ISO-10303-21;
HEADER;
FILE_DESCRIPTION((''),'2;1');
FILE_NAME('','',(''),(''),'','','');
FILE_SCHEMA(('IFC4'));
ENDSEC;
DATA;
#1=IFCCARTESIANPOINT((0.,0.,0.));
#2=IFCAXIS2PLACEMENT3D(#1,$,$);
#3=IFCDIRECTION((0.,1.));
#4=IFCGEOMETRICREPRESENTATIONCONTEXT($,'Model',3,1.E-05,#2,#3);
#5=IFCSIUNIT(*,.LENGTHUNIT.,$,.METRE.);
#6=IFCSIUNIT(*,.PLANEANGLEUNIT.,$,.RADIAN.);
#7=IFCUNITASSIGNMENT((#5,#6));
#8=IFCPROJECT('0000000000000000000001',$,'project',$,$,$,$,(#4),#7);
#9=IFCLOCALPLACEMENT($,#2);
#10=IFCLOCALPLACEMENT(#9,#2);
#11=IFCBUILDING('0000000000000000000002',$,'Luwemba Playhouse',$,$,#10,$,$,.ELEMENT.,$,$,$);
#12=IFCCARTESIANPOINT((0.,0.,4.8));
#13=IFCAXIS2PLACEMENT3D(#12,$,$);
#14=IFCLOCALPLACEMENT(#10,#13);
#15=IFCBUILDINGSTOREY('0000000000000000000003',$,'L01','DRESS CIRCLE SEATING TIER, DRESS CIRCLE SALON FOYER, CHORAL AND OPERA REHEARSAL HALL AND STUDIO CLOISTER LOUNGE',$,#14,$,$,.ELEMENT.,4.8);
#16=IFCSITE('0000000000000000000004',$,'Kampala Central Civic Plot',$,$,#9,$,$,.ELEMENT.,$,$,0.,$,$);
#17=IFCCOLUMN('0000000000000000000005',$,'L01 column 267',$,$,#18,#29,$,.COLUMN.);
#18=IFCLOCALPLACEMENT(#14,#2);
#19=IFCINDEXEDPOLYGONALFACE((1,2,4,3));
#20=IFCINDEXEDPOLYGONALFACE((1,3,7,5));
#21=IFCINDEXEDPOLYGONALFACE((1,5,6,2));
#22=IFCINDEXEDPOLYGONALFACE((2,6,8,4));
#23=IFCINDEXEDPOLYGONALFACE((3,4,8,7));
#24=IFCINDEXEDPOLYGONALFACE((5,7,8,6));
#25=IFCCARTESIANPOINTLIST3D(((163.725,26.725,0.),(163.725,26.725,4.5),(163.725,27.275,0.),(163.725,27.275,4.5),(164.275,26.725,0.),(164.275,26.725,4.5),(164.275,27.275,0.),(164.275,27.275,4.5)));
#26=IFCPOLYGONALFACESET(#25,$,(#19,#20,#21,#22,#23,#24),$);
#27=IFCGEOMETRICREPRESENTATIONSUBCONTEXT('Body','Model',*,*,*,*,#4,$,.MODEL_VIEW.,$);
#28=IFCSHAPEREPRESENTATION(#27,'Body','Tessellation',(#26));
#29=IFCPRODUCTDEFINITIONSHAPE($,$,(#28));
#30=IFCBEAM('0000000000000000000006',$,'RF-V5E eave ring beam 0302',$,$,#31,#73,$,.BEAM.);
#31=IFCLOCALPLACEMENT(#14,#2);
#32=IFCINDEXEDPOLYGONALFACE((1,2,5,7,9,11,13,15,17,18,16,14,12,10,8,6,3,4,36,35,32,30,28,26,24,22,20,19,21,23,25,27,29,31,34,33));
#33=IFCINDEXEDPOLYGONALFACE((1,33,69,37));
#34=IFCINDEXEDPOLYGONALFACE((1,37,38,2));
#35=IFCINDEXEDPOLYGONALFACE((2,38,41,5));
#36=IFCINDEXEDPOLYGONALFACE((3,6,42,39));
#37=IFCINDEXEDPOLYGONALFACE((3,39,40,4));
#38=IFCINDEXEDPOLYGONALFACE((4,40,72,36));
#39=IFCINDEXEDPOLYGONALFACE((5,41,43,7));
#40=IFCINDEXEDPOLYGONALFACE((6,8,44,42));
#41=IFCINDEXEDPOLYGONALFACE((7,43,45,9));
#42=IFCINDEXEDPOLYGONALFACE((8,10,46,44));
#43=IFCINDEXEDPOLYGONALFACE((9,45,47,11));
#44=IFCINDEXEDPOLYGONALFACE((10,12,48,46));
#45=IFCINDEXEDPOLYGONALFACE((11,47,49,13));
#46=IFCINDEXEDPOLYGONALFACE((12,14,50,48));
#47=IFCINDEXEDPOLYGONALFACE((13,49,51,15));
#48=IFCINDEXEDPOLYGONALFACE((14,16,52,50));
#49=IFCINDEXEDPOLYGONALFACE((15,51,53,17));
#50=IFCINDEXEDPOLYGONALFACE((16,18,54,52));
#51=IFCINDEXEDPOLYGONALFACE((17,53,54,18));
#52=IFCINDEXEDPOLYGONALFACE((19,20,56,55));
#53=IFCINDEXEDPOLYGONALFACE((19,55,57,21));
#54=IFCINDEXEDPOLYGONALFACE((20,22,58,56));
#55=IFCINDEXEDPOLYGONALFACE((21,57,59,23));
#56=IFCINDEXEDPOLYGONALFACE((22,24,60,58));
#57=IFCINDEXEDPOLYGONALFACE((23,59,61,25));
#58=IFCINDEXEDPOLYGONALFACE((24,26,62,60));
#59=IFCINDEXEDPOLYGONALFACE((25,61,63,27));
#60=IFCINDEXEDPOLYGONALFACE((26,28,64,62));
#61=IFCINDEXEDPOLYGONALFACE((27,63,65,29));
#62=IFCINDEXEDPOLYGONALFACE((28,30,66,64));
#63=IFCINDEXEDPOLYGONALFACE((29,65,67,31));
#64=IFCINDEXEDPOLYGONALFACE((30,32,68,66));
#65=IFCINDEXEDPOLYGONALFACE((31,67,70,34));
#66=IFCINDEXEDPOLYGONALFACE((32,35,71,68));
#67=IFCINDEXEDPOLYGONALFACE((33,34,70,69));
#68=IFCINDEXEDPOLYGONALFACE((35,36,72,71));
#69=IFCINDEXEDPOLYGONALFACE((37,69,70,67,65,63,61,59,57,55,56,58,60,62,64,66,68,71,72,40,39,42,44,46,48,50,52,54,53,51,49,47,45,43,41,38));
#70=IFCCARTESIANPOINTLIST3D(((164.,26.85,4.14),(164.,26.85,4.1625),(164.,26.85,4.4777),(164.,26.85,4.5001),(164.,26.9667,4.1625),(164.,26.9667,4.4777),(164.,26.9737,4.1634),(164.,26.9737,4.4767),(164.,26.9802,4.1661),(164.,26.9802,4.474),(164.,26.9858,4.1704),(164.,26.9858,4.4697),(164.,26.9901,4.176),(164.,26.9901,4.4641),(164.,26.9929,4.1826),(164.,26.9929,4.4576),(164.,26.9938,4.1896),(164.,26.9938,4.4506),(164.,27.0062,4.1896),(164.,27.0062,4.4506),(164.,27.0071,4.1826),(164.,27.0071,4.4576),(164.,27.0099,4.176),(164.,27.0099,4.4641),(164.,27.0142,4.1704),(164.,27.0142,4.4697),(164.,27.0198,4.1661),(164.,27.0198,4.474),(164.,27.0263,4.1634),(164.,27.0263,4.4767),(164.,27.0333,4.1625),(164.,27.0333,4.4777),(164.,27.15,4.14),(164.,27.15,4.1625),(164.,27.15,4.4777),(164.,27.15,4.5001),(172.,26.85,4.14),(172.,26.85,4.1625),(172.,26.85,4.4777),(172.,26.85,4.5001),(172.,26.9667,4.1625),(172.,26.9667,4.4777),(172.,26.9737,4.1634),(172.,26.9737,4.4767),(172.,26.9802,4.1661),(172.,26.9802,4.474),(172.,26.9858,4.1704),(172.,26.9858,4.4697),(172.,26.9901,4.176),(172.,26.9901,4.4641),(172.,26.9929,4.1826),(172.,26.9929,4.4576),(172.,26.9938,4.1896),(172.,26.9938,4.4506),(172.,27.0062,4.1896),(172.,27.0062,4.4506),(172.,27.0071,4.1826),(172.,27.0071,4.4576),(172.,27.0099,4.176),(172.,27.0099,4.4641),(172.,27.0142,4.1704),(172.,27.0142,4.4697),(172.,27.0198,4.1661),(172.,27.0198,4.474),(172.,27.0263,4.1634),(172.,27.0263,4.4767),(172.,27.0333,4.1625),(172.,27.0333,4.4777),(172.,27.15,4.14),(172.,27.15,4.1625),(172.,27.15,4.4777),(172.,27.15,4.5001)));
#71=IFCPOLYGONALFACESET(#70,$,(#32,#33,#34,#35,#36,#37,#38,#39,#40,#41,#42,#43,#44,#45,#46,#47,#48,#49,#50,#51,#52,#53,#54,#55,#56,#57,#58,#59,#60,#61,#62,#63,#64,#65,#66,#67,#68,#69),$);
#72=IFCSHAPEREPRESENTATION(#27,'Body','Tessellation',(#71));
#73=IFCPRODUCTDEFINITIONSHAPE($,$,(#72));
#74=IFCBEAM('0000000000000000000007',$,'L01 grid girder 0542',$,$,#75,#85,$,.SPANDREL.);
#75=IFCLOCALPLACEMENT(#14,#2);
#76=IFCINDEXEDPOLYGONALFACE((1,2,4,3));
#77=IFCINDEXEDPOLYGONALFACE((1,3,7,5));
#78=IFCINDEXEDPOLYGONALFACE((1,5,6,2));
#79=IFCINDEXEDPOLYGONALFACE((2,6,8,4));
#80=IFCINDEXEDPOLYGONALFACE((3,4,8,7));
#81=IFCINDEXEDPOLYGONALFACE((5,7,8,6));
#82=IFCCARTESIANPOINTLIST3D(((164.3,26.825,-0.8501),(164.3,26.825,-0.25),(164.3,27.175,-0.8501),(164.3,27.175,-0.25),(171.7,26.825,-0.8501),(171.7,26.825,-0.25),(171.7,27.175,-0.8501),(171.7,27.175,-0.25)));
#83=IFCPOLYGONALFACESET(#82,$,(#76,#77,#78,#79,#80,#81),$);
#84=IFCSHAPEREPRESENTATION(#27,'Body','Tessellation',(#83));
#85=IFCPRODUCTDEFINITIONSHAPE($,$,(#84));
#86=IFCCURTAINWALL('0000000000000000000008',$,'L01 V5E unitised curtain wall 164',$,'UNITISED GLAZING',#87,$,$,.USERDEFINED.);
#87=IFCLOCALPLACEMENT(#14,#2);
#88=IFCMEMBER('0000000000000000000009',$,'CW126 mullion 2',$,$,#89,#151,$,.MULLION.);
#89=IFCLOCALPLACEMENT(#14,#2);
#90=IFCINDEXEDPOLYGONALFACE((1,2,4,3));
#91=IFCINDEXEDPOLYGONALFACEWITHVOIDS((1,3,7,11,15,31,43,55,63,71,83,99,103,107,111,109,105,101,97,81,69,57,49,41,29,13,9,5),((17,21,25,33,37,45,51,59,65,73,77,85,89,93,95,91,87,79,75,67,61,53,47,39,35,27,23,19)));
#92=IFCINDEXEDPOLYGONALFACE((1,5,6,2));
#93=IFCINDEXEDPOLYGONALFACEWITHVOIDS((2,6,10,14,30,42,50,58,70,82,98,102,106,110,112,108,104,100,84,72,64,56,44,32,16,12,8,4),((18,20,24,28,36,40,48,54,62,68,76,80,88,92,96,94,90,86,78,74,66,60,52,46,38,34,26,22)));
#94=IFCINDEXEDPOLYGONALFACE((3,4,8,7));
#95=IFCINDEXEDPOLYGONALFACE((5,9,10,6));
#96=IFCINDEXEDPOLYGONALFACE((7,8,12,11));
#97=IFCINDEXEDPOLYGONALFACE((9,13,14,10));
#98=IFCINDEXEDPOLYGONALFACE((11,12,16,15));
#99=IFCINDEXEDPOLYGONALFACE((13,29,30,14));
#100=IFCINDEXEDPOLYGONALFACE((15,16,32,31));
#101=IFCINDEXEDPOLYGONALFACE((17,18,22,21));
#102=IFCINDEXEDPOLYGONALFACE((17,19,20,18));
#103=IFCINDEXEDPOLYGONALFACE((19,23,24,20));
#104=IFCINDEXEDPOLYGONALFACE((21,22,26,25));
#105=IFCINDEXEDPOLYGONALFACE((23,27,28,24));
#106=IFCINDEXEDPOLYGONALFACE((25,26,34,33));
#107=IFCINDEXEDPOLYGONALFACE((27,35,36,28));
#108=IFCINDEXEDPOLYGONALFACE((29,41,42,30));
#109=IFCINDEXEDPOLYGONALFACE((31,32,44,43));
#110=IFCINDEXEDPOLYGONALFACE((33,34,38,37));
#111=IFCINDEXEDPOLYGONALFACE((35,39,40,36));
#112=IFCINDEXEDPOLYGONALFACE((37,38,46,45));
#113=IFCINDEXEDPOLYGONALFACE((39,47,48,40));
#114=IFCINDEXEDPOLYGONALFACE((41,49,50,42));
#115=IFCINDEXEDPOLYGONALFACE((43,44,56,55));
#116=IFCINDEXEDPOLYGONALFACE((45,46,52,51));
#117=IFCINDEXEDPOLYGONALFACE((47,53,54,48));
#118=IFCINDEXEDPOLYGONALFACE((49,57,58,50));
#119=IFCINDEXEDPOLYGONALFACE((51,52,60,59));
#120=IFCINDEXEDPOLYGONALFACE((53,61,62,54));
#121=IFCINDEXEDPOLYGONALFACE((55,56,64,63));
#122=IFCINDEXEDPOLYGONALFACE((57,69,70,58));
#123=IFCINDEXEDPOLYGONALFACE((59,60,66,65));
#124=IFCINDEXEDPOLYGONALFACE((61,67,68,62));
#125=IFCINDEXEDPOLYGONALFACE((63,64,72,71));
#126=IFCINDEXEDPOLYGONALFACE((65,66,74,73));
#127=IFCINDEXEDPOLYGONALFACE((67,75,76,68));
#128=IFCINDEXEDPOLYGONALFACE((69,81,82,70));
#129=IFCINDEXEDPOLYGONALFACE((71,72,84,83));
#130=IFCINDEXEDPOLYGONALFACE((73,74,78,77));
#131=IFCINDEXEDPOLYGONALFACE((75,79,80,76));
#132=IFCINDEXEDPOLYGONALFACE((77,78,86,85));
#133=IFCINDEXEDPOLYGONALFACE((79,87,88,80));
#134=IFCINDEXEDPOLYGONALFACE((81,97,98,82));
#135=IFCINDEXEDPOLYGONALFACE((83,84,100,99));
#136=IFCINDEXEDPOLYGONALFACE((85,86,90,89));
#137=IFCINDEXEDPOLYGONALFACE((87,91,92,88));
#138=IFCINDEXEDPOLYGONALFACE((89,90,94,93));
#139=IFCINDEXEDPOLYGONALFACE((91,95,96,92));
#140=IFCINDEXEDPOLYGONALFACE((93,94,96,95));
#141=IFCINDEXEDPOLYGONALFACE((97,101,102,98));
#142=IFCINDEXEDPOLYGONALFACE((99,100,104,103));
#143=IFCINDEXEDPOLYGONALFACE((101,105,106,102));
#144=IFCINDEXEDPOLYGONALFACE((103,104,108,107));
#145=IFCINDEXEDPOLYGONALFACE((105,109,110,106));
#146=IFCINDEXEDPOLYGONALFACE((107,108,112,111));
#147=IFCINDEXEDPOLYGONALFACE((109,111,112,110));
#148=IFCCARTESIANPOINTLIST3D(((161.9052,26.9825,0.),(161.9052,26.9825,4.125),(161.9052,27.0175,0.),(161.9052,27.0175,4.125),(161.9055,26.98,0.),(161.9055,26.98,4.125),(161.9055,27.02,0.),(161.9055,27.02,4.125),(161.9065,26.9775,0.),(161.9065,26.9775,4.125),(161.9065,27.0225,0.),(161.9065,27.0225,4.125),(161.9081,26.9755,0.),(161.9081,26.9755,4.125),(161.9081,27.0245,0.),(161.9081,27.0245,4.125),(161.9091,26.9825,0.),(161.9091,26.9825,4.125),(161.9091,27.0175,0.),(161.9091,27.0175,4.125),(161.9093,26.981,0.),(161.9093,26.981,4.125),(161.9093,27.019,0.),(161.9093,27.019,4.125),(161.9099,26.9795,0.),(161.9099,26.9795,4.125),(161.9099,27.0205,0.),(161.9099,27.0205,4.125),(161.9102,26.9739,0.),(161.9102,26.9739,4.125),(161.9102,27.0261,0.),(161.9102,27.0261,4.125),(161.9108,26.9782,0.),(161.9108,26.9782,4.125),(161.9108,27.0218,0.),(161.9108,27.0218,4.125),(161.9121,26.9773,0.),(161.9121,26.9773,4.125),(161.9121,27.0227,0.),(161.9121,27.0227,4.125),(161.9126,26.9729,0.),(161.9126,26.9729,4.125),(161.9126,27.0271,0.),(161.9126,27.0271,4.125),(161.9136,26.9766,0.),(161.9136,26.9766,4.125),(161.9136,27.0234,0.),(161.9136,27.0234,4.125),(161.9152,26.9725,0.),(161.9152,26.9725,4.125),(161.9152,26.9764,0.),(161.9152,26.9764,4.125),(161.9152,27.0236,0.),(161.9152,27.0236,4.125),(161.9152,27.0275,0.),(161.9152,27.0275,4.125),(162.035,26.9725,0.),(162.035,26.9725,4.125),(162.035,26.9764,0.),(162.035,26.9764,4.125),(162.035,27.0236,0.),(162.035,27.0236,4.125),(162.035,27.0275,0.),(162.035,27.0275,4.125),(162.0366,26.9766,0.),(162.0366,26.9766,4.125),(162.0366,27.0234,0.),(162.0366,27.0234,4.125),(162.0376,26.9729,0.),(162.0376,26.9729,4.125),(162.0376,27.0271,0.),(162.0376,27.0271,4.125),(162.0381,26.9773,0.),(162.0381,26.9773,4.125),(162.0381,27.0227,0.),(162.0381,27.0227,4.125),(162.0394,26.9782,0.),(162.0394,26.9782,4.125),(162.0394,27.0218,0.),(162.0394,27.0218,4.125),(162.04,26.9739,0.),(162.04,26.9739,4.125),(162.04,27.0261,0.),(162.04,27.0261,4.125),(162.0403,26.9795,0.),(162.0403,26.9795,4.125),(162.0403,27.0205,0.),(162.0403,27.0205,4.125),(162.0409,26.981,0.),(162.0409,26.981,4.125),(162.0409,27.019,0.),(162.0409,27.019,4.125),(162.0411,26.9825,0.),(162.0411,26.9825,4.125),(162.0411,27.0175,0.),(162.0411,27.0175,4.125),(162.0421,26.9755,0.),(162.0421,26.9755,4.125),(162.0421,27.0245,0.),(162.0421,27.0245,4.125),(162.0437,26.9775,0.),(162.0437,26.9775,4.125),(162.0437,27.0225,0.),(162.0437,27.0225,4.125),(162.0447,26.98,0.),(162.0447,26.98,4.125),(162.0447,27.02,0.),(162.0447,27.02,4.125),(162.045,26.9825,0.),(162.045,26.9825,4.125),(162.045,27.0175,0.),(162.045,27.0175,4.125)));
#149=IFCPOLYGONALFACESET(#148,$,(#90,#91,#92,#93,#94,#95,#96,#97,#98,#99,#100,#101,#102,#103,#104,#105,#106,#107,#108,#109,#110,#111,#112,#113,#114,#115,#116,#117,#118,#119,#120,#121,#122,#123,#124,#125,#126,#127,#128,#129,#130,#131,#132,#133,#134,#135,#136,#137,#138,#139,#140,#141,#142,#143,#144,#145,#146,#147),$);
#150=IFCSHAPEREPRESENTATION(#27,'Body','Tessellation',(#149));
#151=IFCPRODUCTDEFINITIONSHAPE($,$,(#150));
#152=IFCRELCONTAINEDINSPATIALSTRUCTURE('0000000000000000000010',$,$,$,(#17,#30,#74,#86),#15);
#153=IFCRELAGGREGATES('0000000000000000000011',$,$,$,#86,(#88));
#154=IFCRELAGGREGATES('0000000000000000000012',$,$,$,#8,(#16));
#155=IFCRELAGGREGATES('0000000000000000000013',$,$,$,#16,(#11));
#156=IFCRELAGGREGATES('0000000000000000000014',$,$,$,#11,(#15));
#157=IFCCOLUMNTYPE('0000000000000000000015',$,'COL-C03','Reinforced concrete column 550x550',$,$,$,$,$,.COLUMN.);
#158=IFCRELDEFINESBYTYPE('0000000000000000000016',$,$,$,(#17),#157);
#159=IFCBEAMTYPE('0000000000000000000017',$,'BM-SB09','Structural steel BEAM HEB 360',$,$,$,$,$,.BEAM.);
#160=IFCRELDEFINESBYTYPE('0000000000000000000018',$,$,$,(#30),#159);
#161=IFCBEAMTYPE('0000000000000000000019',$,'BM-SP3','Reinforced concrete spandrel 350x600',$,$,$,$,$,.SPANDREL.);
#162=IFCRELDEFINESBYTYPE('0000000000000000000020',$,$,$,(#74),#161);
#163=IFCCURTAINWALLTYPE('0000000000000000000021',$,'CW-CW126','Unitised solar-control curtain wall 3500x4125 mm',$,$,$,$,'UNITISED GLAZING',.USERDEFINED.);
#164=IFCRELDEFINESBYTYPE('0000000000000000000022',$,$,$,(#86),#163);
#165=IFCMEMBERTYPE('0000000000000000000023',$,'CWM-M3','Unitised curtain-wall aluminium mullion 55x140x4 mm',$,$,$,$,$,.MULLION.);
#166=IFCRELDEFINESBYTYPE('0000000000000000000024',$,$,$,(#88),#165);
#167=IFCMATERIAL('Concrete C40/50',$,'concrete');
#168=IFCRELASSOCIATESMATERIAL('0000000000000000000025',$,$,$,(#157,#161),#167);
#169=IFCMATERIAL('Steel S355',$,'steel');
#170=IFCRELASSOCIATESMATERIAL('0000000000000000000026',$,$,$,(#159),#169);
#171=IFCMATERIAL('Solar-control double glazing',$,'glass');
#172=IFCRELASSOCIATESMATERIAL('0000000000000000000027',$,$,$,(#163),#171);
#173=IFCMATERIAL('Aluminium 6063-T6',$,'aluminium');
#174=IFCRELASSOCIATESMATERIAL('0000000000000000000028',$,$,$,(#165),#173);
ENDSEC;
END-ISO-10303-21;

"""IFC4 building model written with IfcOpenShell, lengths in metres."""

from ifc_helpers import new_model, si_unit, direction, frame, origin, origin_2d, place, context, subcontext, project, spatial, rectangle, hollow_rectangle, i_section, extrude, material, material_profile, profile_set, type_object, element, aggregate, save


model = new_model("IFC4")

# Units and contexts
model_context = context("Model", 3, precision=1e-05, world=origin(), true_north=direction((0.0, 1.0)))
body_context = subcontext(model_context, "Body", "Model", "MODEL_VIEW")
ifc_project = project(units=[si_unit("LENGTHUNIT", "METRE"), si_unit("PLANEANGLEUNIT", "RADIAN")], contexts=[model_context])

# Site, building, storey
site_placement = place(None, origin())
site = spatial("IfcSite", under=ifc_project, at=site_placement, Name="Kampala Central Civic Plot", CompositionType="ELEMENT", RefElevation=0.0)
building_placement = place(site_placement, origin())
building = spatial("IfcBuilding", under=site, at=building_placement, Name="Luwemba Playhouse", CompositionType="ELEMENT")
storey_placement = place(building_placement, frame((0.0, 0.0, 4.8)))
storey = spatial("IfcBuildingStorey", under=building, at=storey_placement, Name="L01", Description="DRESS CIRCLE SEATING TIER, DRESS CIRCLE SALON FOYER, CHORAL AND OPERA REHEARSAL HALL AND STUDIO CLOISTER LOUNGE", CompositionType="ELEMENT", Elevation=4.8)

# Column
ifc_material_1 = material(Name="Concrete C40/50", Category="concrete")
ifc_material_profile_1 = material_profile(ifc_material_1, rectangle(XDim=0.55, YDim=0.55, at=origin_2d()))
ifc_profile_set_1 = profile_set([ifc_material_profile_1], Name="Concrete C40/50")
column_type = type_object("IfcColumnType", Name="COL-C03", Description="Reinforced concrete column 550x550", PredefinedType="COLUMN", material=ifc_profile_set_1)
column_placement = place(storey_placement, frame((164.0, 27.0, 0.0), z_axis=(0.0, 0.0, 1.0), x_axis=(1.0, 0.0, 0.0)))
element("IfcColumn", 1, at=column_placement, inside=storey, type_object=column_type, Name="L01 column 267", PredefinedType="COLUMN", context=body_context, shape_type="SweptSolid", body=[
    extrude(rectangle(XDim=0.55, YDim=0.55, at=origin_2d()), origin(), (0.0, 0.0, 1.0), 4.5),
])

# Beams
ifc_material_2 = material(Name="Steel S355", Category="steel")
ifc_material_profile_2 = material_profile(ifc_material_2, i_section(OverallWidth=0.3, OverallDepth=0.3601, WebThickness=0.0125, FlangeThickness=0.0225, FilletRadius=0.0271, at=origin_2d()))
ifc_profile_set_2 = profile_set([ifc_material_profile_2], Name="Steel S355")
beam_type_1 = type_object("IfcBeamType", Name="BM-SB09", Description="Structural steel BEAM HEB 360", PredefinedType="BEAM", material=ifc_profile_set_2)
beam_1_placement = place(storey_placement, frame((164.0, 27.0, 4.3201), z_axis=(1.0, 0.0, 0.0), x_axis=(0.0, 1.0, 0.0)))
element("IfcBeam", 2, at=beam_1_placement, inside=storey, type_object=beam_type_1, Name="RF-V5E eave ring beam 0302", PredefinedType="BEAM", context=body_context, shape_type="SweptSolid", body=[
    extrude(i_section(OverallWidth=0.3, OverallDepth=0.3601, WebThickness=0.0125, FlangeThickness=0.0225, FilletRadius=0.0271, at=origin_2d()), origin(), (0.0, 0.0, 1.0), 8.0),
])
ifc_material_profile_3 = material_profile(ifc_material_1, rectangle(XDim=0.3501, YDim=0.6001, at=origin_2d()))
ifc_profile_set_3 = profile_set([ifc_material_profile_3], Name="Concrete C40/50")
beam_type_2 = type_object("IfcBeamType", Name="BM-SP3", Description="Reinforced concrete spandrel 350x600", PredefinedType="SPANDREL", material=ifc_profile_set_3)
beam_2_placement = place(storey_placement, frame((164.3, 27.0, -0.55), z_axis=(1.0, 0.0, 0.0), x_axis=(0.0, 1.0, 0.0)))
element("IfcBeam", 3, at=beam_2_placement, inside=storey, type_object=beam_type_2, Name="L01 grid girder 0542", PredefinedType="SPANDREL", context=body_context, shape_type="SweptSolid", body=[
    extrude(rectangle(XDim=0.3501, YDim=0.6001, at=origin_2d()), origin(), (0.0, 0.0, 1.0), 7.3999),
])

# Curtain wall, member
ifc_material_3 = material(Name="Solar-control double glazing", Category="glass")
curtain_wall_type_1 = type_object("IfcCurtainWallType", Name="CW-CW126", Description="Unitised solar-control curtain wall 3500x4125 mm", ElementType="UNITISED GLAZING", PredefinedType="USERDEFINED", material=ifc_material_3)
curtain_wall_1_placement = place(storey_placement, origin())
curtain_wall_1 = element("IfcCurtainWall", 4, at=curtain_wall_1_placement, inside=storey, type_object=curtain_wall_type_1, Name="L01 V5E unitised curtain wall 164", ObjectType="UNITISED GLAZING", PredefinedType="USERDEFINED")
ifc_material_4 = material(Name="Aluminium 6063-T6", Category="aluminium")
ifc_material_profile_4 = material_profile(ifc_material_4, hollow_rectangle(XDim=0.0549, YDim=0.1399, WallThickness=0.0039, InnerFilletRadius=0.0061, OuterFilletRadius=0.01, at=origin_2d()))
ifc_profile_set_4 = profile_set([ifc_material_profile_4], Name="Aluminium 6063-T6")
member_type_1 = type_object("IfcMemberType", Name="CWM-M3", Description="Unitised curtain-wall aluminium mullion 55x140x4 mm", PredefinedType="MULLION", material=ifc_profile_set_4)
member_1_placement = place(storey_placement, frame((161.9751, 27.0, 0.0), z_axis=(0.0, 0.0, 1.0), x_axis=(0.0, 1.0, 0.0)))
member_1 = element("IfcMember", 5, at=member_1_placement, type_object=member_type_1, Name="CW126 mullion 2", PredefinedType="MULLION", context=body_context, shape_type="SweptSolid", body=[
    extrude(hollow_rectangle(XDim=0.0549, YDim=0.1399, WallThickness=0.0039, InnerFilletRadius=0.0061, OuterFilletRadius=0.01, at=origin_2d()), origin(), (0.0, 0.0, 1.0), 4.125),
])

aggregate(curtain_wall_1, [member_1])

save(model, "model.ifc")
